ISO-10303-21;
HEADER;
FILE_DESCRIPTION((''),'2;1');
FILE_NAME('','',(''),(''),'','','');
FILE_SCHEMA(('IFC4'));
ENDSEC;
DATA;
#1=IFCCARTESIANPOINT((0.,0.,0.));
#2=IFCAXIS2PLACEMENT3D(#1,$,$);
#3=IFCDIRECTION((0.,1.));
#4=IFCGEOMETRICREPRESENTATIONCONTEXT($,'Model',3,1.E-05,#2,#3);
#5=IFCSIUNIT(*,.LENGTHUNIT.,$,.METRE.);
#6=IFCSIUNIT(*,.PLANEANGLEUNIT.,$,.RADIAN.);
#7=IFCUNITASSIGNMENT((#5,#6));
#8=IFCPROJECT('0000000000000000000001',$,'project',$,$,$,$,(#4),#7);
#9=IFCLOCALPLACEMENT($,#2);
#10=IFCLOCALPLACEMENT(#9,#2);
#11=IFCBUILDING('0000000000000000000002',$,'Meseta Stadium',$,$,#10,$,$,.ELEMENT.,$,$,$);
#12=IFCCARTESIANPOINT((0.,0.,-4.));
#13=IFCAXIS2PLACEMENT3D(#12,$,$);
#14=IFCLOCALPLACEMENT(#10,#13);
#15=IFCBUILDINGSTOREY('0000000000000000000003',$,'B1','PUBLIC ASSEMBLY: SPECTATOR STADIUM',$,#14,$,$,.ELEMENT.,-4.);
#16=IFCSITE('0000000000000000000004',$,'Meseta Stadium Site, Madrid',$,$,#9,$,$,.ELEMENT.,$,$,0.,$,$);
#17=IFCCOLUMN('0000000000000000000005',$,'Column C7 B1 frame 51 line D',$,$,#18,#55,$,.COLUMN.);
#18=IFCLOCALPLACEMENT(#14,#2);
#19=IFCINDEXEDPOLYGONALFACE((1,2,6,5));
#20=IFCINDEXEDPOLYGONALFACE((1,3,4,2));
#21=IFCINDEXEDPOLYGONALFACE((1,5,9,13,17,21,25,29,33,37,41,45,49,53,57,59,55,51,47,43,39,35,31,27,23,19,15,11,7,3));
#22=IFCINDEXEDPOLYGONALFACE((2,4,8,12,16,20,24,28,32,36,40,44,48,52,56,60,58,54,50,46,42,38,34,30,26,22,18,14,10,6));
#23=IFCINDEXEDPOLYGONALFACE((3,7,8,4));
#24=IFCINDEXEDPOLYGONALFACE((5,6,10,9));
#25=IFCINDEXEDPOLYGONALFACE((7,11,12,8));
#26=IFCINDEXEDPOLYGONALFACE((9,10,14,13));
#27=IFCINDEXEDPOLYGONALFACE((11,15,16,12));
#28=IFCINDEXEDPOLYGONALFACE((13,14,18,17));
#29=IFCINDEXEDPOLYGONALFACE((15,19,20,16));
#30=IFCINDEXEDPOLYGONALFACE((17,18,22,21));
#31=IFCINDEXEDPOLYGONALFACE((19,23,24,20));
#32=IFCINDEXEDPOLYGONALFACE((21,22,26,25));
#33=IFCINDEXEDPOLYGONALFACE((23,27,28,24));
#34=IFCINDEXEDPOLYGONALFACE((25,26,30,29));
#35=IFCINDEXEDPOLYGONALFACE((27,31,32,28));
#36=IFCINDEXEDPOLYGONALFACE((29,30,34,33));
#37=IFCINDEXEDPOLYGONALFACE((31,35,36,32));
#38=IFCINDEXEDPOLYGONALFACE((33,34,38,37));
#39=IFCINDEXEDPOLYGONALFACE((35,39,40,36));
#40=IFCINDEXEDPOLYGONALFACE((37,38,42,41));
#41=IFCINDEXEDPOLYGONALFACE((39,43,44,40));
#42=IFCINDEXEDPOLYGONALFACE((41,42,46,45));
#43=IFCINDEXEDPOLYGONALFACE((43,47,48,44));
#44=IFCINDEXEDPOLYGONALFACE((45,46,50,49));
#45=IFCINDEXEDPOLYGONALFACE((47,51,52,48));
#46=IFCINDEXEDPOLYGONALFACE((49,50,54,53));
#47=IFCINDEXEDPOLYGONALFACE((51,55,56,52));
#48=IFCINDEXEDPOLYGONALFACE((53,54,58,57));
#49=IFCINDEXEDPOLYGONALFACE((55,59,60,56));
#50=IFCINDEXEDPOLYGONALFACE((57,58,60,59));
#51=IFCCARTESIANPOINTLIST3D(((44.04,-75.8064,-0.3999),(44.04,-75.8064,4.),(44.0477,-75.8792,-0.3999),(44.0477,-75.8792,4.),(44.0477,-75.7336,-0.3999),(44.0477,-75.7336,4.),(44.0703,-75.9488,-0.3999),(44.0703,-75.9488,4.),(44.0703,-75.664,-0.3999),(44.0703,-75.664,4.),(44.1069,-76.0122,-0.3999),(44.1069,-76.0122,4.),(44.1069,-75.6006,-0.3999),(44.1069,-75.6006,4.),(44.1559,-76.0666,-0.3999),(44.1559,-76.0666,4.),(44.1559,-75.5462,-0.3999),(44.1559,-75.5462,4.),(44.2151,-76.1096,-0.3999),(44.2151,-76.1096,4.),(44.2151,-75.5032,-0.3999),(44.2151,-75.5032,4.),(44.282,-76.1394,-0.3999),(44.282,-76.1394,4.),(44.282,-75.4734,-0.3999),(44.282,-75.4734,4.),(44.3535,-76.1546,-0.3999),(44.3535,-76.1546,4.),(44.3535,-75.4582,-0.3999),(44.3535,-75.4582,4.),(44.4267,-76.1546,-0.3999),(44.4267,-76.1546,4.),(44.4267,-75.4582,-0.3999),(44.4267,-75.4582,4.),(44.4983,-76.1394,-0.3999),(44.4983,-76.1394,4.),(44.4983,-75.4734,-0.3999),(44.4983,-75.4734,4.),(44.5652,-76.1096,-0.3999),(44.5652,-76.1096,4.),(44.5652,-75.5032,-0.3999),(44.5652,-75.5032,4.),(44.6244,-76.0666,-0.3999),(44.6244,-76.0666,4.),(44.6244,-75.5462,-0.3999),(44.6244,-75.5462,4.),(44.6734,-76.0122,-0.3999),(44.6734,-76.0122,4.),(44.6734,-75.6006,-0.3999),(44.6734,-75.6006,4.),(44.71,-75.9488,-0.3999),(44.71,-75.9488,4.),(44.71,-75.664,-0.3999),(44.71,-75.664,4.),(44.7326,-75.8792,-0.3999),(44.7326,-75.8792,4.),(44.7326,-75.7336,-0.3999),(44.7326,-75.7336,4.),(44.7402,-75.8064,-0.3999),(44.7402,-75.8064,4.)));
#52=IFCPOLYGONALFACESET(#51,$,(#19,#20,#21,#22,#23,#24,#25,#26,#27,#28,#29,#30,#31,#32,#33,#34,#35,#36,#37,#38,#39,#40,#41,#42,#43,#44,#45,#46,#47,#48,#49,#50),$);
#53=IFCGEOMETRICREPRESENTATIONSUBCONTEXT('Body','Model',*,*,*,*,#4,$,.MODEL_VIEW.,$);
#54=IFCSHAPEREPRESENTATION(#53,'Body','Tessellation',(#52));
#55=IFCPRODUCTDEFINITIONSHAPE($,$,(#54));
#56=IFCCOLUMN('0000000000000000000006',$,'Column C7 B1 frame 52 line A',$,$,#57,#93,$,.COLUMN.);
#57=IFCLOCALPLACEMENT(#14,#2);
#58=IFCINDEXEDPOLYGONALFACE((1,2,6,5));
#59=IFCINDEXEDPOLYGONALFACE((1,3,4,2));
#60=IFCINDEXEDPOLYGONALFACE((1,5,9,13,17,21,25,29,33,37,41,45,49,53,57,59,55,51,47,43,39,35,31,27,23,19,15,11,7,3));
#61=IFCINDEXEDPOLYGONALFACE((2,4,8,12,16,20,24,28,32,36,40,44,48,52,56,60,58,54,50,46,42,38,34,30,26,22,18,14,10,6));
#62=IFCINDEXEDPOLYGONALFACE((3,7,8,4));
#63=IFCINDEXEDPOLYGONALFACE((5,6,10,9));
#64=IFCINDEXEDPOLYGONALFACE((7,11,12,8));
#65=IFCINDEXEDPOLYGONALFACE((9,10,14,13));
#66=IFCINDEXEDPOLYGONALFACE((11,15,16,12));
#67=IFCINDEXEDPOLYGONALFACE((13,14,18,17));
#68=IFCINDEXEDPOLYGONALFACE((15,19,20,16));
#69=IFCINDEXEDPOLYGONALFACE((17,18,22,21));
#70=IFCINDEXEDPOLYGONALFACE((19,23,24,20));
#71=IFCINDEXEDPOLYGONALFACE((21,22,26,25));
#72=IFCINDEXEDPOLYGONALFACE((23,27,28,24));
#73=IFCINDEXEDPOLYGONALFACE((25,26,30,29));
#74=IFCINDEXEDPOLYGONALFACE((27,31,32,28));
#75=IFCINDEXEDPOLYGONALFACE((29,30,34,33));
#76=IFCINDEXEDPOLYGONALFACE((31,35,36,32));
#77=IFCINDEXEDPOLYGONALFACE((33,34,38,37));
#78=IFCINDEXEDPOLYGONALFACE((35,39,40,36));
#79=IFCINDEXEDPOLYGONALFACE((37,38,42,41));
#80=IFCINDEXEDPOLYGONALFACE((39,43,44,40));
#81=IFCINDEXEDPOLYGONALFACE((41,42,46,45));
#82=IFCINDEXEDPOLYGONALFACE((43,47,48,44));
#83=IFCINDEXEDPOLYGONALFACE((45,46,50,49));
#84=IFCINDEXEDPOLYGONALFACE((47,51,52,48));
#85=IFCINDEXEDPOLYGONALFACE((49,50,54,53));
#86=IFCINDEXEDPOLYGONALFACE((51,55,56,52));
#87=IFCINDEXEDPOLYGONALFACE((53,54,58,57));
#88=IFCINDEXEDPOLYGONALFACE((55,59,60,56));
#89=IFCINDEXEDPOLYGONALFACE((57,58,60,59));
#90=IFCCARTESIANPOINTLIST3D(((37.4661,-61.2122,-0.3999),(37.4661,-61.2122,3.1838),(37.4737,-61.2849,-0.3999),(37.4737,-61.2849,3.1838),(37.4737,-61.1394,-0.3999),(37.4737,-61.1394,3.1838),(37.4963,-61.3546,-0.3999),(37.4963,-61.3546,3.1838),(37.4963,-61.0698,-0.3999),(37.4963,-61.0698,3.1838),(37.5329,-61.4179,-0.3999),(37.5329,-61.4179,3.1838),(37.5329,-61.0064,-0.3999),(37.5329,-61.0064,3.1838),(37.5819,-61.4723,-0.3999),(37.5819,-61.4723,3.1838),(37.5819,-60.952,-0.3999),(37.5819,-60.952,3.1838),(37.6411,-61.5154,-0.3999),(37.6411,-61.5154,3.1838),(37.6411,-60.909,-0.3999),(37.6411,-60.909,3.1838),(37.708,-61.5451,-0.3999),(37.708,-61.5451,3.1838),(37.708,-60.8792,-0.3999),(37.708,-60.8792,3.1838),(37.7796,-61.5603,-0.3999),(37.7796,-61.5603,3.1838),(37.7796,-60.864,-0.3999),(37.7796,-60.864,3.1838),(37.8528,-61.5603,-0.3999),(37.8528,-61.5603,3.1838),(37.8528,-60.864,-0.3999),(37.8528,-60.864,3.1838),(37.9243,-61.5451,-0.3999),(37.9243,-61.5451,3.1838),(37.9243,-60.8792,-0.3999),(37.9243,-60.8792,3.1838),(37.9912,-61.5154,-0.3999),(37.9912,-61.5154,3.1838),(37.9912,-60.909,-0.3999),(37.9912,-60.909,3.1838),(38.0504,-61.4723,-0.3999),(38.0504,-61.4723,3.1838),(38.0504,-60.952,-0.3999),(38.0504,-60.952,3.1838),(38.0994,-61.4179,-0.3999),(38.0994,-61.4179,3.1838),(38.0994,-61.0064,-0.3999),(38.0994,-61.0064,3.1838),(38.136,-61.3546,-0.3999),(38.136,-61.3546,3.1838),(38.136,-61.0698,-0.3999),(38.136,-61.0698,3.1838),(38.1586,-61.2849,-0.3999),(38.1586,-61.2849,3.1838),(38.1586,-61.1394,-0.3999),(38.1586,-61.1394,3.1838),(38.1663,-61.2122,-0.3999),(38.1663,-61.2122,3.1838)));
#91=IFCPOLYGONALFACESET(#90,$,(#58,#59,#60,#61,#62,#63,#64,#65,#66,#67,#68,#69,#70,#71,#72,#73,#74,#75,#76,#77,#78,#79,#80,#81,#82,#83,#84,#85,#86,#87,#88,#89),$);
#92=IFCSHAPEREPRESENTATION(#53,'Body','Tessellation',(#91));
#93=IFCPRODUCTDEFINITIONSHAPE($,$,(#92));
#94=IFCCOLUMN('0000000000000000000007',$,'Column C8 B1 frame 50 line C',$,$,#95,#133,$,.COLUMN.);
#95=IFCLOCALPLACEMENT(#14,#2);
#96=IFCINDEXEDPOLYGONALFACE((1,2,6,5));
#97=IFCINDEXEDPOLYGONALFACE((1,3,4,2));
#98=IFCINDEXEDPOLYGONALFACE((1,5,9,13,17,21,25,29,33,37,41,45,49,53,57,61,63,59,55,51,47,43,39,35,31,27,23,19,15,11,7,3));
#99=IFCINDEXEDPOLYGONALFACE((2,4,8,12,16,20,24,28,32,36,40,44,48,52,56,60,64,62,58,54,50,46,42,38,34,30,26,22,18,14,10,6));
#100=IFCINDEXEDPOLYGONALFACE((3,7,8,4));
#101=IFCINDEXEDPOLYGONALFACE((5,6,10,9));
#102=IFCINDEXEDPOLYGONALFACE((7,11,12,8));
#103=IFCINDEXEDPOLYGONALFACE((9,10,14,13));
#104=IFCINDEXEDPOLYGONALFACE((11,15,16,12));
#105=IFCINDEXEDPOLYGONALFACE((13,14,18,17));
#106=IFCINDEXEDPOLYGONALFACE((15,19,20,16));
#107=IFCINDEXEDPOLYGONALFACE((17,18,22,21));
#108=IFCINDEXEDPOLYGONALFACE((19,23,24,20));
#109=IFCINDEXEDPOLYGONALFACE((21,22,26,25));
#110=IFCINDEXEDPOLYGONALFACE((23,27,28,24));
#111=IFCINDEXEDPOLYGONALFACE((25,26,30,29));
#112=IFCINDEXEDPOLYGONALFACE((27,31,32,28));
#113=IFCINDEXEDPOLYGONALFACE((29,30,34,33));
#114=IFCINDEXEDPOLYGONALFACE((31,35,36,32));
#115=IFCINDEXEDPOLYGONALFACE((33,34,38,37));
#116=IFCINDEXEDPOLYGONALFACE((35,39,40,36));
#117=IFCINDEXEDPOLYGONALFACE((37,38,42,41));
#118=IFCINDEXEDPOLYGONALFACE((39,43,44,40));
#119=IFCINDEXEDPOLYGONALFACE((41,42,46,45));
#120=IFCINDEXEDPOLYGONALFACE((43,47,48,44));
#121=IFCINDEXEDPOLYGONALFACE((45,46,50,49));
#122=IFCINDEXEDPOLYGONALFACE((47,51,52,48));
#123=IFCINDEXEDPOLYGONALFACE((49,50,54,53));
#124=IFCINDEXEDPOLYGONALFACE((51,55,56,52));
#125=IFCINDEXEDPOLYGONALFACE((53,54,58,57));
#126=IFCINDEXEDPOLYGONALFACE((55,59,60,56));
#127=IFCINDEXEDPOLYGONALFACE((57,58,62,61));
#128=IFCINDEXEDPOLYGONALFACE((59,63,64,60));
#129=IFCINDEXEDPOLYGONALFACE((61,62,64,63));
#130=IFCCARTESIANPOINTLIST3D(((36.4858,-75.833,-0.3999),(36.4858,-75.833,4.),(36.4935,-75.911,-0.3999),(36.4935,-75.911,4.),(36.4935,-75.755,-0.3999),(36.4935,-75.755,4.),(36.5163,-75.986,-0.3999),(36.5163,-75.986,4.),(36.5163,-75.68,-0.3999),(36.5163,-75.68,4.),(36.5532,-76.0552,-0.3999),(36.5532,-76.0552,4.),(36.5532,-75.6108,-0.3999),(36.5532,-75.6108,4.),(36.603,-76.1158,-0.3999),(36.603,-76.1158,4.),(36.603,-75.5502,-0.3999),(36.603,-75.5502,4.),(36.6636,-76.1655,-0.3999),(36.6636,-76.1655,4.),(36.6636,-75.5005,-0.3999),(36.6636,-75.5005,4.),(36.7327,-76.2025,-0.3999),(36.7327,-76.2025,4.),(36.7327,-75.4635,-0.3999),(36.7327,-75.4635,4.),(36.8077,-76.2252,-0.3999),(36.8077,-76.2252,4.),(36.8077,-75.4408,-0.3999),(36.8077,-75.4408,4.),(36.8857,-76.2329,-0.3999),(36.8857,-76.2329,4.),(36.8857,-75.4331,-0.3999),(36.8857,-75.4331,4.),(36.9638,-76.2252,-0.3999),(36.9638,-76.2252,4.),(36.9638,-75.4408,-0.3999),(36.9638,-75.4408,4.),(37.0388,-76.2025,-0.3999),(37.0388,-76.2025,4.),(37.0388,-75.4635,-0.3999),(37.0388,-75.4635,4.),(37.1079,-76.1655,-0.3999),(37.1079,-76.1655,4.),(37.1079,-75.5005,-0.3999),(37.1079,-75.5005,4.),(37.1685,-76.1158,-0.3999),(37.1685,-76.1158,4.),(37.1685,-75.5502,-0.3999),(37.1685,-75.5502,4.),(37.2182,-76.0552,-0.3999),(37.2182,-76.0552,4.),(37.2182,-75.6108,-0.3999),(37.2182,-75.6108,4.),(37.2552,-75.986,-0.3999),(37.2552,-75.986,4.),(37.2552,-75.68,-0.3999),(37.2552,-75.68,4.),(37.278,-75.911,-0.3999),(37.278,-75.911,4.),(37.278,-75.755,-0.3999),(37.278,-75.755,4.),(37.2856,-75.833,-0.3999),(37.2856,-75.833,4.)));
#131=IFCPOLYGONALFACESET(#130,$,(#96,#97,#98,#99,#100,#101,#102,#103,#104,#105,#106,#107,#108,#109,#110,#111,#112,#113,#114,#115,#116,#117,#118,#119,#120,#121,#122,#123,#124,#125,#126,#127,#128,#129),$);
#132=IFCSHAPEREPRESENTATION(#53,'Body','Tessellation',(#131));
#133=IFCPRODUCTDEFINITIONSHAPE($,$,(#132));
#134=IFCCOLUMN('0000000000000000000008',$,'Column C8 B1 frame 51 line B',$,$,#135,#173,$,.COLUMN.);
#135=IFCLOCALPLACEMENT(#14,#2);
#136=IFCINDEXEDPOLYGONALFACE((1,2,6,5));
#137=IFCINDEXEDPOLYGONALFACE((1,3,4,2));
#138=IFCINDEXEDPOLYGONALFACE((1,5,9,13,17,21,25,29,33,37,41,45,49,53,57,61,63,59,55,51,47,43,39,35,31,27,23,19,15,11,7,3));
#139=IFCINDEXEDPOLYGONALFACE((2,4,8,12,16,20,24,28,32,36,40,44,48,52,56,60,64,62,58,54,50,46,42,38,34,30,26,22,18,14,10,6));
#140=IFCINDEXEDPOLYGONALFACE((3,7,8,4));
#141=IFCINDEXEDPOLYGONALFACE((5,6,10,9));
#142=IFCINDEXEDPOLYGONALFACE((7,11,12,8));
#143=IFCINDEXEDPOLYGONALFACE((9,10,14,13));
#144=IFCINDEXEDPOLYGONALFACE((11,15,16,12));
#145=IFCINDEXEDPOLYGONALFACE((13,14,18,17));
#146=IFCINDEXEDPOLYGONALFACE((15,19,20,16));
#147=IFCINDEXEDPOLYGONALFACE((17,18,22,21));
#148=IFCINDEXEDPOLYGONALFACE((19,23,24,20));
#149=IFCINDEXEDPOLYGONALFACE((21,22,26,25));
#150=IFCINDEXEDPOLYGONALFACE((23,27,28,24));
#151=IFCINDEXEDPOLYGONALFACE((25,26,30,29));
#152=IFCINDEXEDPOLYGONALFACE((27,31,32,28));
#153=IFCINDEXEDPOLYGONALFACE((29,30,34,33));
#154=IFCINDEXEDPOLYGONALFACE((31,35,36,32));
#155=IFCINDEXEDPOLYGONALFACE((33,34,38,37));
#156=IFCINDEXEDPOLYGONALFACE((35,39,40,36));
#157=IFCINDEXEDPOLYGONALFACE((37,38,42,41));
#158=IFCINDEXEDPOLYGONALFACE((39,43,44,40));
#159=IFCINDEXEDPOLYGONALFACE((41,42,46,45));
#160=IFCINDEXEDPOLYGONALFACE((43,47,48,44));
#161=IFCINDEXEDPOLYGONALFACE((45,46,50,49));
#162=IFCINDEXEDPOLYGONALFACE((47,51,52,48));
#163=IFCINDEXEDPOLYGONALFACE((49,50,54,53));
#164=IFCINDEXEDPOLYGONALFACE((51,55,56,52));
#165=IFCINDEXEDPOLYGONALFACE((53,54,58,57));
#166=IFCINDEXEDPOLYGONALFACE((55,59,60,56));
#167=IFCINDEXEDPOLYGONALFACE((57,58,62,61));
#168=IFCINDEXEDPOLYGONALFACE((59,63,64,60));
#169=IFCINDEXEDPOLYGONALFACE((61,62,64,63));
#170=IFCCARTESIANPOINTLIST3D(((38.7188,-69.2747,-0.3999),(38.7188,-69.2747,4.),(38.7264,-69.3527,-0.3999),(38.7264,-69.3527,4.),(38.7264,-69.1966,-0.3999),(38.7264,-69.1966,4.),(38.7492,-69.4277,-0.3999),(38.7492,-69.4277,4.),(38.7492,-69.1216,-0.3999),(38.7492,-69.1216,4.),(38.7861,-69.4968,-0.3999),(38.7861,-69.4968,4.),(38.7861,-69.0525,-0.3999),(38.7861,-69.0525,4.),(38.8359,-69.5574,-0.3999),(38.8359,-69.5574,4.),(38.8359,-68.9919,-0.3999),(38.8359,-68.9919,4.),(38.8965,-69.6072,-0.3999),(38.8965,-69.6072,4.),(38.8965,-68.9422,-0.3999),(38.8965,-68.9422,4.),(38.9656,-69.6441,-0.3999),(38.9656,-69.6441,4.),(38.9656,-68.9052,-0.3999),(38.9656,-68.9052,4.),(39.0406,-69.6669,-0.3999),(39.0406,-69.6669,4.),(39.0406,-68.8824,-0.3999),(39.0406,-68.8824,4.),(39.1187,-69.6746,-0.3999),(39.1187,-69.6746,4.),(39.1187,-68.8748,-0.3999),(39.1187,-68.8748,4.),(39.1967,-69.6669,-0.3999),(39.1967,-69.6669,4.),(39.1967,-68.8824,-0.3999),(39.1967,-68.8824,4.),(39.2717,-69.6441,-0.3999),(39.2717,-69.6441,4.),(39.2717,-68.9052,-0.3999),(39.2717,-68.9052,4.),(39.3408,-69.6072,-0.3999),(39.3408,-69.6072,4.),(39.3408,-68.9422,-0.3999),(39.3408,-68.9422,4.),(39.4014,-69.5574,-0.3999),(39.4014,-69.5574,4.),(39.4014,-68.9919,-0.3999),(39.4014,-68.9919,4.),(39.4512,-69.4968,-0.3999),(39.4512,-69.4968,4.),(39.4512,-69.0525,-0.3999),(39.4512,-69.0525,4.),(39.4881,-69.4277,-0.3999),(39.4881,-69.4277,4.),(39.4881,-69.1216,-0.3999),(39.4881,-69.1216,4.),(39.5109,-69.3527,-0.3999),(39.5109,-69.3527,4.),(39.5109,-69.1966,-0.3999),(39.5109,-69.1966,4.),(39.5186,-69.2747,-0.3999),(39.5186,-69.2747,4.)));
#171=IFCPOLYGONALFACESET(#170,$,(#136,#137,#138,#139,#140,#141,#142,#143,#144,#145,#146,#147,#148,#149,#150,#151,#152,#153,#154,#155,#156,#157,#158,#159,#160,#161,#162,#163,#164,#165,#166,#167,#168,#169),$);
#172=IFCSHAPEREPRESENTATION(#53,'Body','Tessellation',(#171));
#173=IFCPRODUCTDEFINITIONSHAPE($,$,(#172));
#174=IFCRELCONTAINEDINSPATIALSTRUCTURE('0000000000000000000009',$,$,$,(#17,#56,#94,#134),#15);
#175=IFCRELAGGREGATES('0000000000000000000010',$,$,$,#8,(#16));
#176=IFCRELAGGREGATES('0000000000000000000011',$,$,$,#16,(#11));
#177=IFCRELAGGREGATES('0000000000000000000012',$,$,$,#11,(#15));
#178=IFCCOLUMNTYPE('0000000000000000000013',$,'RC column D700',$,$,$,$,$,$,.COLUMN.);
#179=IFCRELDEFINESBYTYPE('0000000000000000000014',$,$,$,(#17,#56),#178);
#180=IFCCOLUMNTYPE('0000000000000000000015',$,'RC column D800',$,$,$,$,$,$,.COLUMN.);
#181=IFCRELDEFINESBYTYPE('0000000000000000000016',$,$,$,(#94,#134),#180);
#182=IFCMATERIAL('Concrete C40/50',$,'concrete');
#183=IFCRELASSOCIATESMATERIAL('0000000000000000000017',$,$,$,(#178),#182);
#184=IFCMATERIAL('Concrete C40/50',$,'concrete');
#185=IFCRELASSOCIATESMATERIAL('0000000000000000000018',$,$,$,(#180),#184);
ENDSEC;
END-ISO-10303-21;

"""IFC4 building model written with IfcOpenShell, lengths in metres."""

from ifc_helpers import new_model, si_unit, direction, frame, origin, origin_2d, place, context, subcontext, project, spatial, circle, extrude, material, material_profile, profile_set, type_object, element, save


model = new_model("IFC4")

# Units and contexts
model_context = context("Model", 3, precision=1e-05, world=origin(), true_north=direction((0.0, 1.0)))
body_context = subcontext(model_context, "Body", "Model", "MODEL_VIEW")
ifc_project = project(units=[si_unit("LENGTHUNIT", "METRE"), si_unit("PLANEANGLEUNIT", "RADIAN")], contexts=[model_context])

# Site, building, storey
site_placement = place(None, origin())
site = spatial("IfcSite", under=ifc_project, at=site_placement, Name="Meseta Stadium Site, Madrid", CompositionType="ELEMENT", RefElevation=0.0)
building_placement = place(site_placement, origin())
building = spatial("IfcBuilding", under=site, at=building_placement, Name="Meseta Stadium", CompositionType="ELEMENT")
storey_placement = place(building_placement, frame((0.0, 0.0, -4.0)))
storey = spatial("IfcBuildingStorey", under=building, at=storey_placement, Name="B1", Description="PUBLIC ASSEMBLY: SPECTATOR STADIUM", CompositionType="ELEMENT", Elevation=-4.0)

# Columns
ifc_material_1 = material(Name="Concrete C40/50", Category="concrete")
ifc_material_profile_1 = material_profile(ifc_material_1, circle(Radius=0.3501, at=origin_2d()), Name="RC D700")
ifc_profile_set_1 = profile_set([ifc_material_profile_1], Name="Concrete C40/50")
column_type_1 = type_object("IfcColumnType", Name="RC column D700", PredefinedType="COLUMN", material=ifc_profile_set_1)
column_1_placement = place(storey_placement, frame((44.3901, -75.8064, -0.3999), z_axis=(0.0, 0.0, 1.0), x_axis=(1.0, 0.0, 0.0)))
element("IfcColumn", 1, at=column_1_placement, inside=storey, type_object=column_type_1, Name="Column C7 B1 frame 51 line D", PredefinedType="COLUMN", context=body_context, shape_type="SweptSolid", body=[
    extrude(circle(Radius=0.3501, at=origin_2d()), origin(), (0.0, 0.0, 1.0), 4.3999),
])
column_2_placement = place(storey_placement, frame((37.8162, -61.2122, -0.3999), z_axis=(0.0, 0.0, 1.0), x_axis=(1.0, 0.0, 0.0)))
element("IfcColumn", 2, at=column_2_placement, inside=storey, type_object=column_type_1, Name="Column C7 B1 frame 52 line A", PredefinedType="COLUMN", context=body_context, shape_type="SweptSolid", body=[
    extrude(circle(Radius=0.3501, at=origin_2d()), origin(), (0.0, 0.0, 1.0), 3.5837),
])
ifc_material_2 = material(Name="Concrete C40/50", Category="concrete")
ifc_material_profile_2 = material_profile(ifc_material_2, circle(Radius=0.3999, at=origin_2d()), Name="RC D800")
ifc_profile_set_2 = profile_set([ifc_material_profile_2], Name="Concrete C40/50")
column_type_2 = type_object("IfcColumnType", Name="RC column D800", PredefinedType="COLUMN", material=ifc_profile_set_2)
for number, where, z_axis, x_axis, name in (
    (3, (36.8857, -75.833, -0.3999), (0.0, 0.0, 1.0), (1.0, 0.0, 0.0), "Column C8 B1 frame 50 line C"),
    (4, (39.1187, -69.2747, -0.3999), (0.0, 0.0, 1.0), (1.0, 0.0, 0.0), "Column C8 B1 frame 51 line B"),
):
    element("IfcColumn", number, at=place(storey_placement, frame(where, z_axis=z_axis, x_axis=x_axis)), inside=storey, type_object=column_type_2, Name=name, PredefinedType="COLUMN", context=body_context, shape_type="SweptSolid", body=[
        extrude(circle(Radius=0.3999, at=origin_2d()), origin(), (0.0, 0.0, 1.0), 4.3999),
    ])

save(model, "model.ifc")
